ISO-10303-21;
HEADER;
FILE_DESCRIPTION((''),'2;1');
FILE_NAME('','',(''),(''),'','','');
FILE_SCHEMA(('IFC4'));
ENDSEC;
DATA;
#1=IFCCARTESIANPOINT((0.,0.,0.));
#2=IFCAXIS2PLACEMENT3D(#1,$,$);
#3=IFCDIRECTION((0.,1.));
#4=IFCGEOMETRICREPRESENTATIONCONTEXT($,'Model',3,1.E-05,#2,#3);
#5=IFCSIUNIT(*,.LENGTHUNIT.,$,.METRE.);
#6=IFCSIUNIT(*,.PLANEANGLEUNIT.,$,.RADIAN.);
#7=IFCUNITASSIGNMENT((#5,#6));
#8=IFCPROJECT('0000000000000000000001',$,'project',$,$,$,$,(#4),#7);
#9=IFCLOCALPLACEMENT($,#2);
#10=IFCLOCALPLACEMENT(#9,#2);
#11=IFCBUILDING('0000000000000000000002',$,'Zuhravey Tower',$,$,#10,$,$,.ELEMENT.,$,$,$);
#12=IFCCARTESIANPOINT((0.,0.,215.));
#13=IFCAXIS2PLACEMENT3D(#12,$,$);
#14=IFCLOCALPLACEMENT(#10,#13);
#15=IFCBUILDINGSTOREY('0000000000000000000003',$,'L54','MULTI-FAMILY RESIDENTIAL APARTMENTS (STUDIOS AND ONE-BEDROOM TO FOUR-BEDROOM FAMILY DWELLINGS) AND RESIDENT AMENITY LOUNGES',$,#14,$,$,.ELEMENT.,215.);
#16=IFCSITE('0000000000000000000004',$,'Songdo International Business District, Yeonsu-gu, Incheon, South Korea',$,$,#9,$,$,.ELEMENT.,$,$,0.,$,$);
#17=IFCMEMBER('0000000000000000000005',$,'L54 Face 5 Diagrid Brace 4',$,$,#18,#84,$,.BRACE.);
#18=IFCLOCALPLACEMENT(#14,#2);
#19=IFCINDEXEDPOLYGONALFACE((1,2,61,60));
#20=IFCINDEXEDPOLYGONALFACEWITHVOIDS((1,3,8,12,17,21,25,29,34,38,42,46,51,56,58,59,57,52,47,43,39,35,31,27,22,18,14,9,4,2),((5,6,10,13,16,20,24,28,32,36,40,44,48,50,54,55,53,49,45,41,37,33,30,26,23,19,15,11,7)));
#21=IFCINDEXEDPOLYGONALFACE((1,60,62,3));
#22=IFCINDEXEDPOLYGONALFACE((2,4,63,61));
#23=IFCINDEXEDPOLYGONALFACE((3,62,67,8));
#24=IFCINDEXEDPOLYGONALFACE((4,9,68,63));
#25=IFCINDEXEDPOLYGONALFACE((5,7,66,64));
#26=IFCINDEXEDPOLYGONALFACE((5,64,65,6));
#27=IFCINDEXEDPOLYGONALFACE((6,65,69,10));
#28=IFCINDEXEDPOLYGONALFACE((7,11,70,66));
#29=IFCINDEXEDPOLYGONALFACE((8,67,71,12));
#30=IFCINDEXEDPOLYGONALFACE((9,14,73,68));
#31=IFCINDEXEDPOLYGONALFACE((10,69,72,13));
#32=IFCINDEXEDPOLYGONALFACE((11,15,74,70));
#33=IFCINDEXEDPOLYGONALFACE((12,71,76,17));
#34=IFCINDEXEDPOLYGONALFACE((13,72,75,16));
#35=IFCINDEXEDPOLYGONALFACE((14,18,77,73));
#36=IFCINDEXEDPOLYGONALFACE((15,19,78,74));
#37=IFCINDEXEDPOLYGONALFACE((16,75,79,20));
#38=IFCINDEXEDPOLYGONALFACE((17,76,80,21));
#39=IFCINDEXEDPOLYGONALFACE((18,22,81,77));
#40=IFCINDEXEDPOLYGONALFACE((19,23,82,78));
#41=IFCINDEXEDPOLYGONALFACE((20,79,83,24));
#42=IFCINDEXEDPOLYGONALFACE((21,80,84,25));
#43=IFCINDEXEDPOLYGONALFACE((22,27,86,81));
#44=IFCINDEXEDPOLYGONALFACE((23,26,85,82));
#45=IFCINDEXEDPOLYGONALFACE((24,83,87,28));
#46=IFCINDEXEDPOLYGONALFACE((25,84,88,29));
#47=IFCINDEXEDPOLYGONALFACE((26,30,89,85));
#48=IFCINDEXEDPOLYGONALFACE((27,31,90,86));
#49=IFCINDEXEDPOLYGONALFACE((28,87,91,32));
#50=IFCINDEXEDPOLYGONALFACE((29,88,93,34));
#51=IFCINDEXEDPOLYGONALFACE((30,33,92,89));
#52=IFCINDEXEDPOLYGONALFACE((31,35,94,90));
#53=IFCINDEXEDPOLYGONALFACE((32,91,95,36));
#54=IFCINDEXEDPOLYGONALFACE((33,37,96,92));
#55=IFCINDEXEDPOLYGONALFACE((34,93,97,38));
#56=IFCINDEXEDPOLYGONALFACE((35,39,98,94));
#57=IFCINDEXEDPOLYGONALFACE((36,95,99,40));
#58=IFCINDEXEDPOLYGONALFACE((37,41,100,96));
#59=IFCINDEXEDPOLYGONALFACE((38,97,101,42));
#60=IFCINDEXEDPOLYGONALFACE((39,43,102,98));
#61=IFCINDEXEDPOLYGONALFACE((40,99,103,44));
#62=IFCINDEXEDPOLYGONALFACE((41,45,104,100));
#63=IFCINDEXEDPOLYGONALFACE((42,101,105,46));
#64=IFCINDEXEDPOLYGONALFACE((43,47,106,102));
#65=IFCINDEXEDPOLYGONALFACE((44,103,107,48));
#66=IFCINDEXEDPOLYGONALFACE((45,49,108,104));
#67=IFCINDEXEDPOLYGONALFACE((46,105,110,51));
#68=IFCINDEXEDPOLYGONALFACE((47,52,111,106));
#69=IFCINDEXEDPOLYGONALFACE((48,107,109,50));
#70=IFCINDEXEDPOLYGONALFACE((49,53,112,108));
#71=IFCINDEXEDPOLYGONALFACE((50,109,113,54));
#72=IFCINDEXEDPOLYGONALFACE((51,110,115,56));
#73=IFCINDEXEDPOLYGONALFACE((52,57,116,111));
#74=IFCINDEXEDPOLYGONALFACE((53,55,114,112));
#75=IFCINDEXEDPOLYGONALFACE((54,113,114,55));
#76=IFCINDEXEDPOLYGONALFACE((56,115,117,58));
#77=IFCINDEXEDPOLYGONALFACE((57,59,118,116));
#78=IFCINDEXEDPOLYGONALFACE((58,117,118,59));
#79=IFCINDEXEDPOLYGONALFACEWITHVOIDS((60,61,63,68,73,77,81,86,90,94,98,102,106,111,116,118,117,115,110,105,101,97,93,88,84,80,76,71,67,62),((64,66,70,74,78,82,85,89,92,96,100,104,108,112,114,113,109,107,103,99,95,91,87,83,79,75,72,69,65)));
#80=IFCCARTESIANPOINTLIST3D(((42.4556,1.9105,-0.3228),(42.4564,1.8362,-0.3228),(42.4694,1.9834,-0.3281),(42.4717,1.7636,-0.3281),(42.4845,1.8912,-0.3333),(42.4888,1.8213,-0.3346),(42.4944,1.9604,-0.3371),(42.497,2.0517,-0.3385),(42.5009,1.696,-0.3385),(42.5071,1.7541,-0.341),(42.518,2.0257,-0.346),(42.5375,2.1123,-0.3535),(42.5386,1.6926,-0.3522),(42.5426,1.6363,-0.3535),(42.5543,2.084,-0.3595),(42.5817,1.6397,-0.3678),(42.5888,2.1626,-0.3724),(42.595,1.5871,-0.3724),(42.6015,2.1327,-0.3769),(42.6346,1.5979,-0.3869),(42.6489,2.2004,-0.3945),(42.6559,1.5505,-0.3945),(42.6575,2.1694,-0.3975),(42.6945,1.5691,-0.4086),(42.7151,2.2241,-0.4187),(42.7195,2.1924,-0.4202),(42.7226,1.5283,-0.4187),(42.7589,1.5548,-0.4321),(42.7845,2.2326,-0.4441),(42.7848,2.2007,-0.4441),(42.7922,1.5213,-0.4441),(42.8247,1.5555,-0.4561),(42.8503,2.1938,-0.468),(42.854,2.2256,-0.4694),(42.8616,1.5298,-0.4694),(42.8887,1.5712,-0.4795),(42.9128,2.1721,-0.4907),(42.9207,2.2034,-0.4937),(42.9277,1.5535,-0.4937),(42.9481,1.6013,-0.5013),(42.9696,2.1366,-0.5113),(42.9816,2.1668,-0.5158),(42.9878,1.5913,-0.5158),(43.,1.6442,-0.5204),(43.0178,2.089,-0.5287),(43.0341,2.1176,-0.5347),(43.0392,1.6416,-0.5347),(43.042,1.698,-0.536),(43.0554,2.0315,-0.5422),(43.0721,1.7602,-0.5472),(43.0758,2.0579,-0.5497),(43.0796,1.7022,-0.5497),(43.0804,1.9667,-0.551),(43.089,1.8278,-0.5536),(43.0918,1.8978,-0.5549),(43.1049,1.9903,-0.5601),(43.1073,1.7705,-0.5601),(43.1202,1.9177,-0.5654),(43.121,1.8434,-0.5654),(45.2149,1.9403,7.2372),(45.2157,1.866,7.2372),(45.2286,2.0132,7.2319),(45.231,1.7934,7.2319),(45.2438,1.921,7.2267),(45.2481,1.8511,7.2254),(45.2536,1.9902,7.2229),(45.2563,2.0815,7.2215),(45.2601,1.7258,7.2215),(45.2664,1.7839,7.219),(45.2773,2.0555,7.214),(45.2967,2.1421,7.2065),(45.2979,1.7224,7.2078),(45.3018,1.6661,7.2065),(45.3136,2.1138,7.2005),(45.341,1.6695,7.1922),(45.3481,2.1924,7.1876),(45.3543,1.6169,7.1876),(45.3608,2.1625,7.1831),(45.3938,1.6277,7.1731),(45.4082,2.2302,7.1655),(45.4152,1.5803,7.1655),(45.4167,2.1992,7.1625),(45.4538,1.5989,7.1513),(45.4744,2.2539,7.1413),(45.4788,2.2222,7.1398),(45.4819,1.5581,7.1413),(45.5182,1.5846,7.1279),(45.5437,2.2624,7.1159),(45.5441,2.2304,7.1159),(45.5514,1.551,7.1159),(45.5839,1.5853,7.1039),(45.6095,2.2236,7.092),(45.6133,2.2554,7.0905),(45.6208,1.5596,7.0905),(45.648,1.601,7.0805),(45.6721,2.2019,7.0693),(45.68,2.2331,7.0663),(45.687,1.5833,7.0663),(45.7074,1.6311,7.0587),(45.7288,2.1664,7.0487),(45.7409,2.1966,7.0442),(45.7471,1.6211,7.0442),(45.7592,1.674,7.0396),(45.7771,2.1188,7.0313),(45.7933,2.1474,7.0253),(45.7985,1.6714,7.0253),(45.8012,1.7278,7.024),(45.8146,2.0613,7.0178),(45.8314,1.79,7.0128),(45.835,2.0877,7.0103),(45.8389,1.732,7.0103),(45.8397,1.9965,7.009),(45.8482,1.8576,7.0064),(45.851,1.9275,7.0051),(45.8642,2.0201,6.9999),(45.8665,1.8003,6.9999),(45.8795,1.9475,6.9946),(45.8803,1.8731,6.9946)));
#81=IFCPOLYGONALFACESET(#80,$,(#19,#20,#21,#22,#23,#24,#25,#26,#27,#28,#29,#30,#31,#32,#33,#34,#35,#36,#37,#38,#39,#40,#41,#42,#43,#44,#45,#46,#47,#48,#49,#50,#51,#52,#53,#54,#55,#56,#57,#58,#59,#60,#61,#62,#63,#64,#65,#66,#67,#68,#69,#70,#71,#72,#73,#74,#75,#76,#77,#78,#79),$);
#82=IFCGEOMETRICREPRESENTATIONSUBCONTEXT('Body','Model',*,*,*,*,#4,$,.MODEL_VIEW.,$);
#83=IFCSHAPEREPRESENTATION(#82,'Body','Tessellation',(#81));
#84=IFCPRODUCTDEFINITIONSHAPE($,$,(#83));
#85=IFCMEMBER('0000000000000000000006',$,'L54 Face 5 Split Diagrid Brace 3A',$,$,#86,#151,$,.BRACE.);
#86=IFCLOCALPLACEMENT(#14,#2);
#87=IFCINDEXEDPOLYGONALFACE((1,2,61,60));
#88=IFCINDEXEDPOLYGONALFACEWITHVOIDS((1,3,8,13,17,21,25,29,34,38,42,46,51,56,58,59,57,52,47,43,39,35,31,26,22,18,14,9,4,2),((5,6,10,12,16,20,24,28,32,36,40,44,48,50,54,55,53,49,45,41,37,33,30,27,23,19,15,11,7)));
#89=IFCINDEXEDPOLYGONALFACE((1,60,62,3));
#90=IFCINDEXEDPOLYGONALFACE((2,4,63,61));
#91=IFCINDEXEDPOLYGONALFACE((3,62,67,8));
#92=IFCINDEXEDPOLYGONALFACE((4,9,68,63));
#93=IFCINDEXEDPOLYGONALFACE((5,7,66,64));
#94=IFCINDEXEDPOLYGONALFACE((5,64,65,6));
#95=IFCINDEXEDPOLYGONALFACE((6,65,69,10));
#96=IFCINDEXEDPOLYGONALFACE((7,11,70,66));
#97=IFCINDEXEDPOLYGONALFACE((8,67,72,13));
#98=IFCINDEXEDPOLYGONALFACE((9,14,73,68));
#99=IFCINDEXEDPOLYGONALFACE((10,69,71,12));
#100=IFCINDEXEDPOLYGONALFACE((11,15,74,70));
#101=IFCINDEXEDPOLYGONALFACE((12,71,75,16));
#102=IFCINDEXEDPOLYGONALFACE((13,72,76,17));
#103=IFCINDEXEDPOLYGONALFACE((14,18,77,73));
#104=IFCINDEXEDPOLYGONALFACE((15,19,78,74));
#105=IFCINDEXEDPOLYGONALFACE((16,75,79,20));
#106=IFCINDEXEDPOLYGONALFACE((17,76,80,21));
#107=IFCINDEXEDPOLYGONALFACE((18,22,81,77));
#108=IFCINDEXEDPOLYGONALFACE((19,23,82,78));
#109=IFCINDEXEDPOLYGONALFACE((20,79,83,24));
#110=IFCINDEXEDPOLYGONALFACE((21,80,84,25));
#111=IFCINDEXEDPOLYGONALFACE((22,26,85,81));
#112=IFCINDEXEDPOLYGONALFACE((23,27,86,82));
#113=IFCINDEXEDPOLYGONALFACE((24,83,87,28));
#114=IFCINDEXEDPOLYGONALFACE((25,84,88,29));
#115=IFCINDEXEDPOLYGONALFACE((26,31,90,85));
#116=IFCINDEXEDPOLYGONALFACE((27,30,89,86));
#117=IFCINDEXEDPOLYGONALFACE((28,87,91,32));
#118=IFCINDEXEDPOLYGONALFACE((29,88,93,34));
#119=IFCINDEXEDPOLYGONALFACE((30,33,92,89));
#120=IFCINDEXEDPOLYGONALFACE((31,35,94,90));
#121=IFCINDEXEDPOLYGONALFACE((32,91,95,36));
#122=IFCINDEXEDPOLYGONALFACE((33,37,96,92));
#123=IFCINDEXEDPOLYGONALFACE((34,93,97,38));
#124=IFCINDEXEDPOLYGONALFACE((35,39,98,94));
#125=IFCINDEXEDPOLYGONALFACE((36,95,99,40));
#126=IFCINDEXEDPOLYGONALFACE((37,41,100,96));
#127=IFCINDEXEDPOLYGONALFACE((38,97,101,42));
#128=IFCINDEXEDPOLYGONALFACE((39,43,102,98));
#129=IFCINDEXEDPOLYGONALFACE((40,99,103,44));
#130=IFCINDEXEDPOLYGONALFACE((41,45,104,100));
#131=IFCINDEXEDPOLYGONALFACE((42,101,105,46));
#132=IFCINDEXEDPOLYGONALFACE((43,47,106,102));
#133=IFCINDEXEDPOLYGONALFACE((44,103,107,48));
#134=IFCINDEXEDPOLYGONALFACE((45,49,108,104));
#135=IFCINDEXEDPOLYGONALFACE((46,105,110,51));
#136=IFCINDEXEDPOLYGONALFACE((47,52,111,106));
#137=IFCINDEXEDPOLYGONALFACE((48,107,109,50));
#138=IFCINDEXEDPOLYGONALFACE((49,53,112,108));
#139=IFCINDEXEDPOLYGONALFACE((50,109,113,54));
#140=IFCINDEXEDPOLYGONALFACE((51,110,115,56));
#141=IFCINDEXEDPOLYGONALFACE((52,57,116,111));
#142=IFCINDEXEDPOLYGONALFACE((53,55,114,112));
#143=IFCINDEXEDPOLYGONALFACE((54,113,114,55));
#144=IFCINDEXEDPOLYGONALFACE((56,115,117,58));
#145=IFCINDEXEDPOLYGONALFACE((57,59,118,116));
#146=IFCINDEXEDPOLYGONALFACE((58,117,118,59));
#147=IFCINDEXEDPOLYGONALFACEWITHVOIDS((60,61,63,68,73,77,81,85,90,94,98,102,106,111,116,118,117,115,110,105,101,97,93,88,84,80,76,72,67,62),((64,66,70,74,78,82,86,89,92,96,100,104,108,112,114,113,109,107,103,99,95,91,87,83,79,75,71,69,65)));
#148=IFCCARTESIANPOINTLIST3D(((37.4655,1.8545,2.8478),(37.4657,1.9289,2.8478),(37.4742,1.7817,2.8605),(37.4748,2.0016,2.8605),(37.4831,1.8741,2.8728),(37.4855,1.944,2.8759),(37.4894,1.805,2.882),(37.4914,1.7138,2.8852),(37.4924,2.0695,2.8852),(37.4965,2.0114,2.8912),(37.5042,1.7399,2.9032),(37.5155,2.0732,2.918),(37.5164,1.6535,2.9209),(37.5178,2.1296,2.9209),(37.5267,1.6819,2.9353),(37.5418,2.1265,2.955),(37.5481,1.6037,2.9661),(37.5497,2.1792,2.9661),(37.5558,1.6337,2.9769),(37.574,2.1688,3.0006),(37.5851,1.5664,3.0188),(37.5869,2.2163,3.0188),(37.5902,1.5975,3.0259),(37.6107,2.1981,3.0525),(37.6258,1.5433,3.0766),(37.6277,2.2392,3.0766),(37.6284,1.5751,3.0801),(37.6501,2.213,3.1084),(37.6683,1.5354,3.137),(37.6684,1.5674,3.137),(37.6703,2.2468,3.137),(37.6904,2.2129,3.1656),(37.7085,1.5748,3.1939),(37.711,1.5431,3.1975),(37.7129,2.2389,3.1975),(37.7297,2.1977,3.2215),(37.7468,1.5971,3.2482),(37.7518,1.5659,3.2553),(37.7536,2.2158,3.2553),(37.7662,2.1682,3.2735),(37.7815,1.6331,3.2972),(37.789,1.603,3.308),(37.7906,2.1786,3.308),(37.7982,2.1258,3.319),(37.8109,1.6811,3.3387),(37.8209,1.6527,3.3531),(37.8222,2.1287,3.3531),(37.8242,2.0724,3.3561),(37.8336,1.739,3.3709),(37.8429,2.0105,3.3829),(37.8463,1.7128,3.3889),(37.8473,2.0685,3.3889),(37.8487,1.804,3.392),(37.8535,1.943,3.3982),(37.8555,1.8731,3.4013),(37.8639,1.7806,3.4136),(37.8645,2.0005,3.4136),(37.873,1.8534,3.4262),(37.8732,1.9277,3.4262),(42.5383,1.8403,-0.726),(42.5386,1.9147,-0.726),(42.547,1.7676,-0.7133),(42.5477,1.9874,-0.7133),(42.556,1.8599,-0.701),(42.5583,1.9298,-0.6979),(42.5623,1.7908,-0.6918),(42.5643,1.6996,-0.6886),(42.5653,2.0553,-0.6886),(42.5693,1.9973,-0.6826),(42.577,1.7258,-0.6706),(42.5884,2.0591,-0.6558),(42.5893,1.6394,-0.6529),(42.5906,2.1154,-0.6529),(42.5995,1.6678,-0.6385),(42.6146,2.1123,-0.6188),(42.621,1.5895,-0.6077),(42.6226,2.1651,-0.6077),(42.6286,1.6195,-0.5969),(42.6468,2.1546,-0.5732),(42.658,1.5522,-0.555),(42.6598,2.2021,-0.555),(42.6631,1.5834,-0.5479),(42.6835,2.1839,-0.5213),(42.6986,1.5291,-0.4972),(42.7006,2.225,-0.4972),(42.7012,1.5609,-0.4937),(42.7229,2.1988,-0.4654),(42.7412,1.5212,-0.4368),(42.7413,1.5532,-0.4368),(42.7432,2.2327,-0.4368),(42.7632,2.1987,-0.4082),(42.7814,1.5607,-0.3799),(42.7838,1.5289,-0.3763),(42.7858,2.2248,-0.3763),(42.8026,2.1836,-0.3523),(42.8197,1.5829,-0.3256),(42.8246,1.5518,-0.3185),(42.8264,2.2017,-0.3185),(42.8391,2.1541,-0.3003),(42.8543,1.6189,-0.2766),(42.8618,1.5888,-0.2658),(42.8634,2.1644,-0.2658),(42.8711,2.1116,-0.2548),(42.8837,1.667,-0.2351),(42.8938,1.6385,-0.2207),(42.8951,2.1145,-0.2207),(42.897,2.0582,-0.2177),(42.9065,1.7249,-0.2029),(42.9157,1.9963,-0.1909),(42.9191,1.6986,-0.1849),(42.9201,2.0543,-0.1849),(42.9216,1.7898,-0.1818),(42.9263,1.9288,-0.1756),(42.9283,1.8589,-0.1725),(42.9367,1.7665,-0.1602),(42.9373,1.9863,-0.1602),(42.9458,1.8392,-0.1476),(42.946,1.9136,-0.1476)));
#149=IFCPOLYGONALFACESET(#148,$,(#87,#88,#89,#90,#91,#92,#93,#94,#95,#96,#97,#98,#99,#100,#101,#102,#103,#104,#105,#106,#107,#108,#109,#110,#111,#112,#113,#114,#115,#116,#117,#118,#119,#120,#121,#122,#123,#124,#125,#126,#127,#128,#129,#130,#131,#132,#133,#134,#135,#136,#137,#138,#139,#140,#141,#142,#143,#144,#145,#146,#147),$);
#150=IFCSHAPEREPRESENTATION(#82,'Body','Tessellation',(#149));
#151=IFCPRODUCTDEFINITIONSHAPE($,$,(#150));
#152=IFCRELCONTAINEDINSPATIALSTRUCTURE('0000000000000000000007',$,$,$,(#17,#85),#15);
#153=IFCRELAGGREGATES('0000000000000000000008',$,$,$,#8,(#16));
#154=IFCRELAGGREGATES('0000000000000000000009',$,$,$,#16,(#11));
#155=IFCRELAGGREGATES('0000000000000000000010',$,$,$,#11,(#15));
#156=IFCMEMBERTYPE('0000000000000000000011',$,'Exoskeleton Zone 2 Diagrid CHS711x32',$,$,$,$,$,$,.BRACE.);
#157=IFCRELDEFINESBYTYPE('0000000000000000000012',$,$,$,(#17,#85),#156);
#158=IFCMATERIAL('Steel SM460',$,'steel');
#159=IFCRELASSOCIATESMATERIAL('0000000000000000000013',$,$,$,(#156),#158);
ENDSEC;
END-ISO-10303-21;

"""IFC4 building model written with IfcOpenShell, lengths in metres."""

from ifc_helpers import new_model, si_unit, direction, frame, origin, origin_2d, place, context, subcontext, project, spatial, hollow_circle, extrude, material, material_profile, profile_set, type_object, element, save


model = new_model("IFC4")

# Units and contexts
model_context = context("Model", 3, precision=1e-05, world=origin(), true_north=direction((0.0, 1.0)))
body_context = subcontext(model_context, "Body", "Model", "MODEL_VIEW")
ifc_project = project(units=[si_unit("LENGTHUNIT", "METRE"), si_unit("PLANEANGLEUNIT", "RADIAN")], contexts=[model_context])

# Site, building, storey
site_placement = place(None, origin())
site = spatial("IfcSite", under=ifc_project, at=site_placement, Name="Songdo International Business District, Yeonsu-gu, Incheon, South Korea", CompositionType="ELEMENT", RefElevation=0.0)
building_placement = place(site_placement, origin())
building = spatial("IfcBuilding", under=site, at=building_placement, Name="Zuhravey Tower", CompositionType="ELEMENT")
storey_placement = place(building_placement, frame((0.0, 0.0, 215.0)))
storey = spatial("IfcBuildingStorey", under=building, at=storey_placement, Name="L54", Description="MULTI-FAMILY RESIDENTIAL APARTMENTS (STUDIOS AND ONE-BEDROOM TO FOUR-BEDROOM FAMILY DWELLINGS) AND RESIDENT AMENITY LOUNGES", CompositionType="ELEMENT", Elevation=215.0)

# Members
ifc_material_1 = material(Name="Steel SM460", Category="steel")
ifc_material_profile_1 = material_profile(ifc_material_1, hollow_circle(Radius=0.3557, WallThickness=0.032, at=origin_2d()), Name="CHS-711.2x32")
ifc_profile_set_1 = profile_set([ifc_material_profile_1], Name="Steel SM460")
member_type_1 = type_object("IfcMemberType", Name="Exoskeleton Zone 2 Diagrid CHS711x32", PredefinedType="BRACE", material=ifc_profile_set_1)
member_1_placement = place(storey_placement, frame((42.7883, 1.877, -0.4441), z_axis=(0.342856, 0.003701, 0.939381), x_axis=(-0.010794, 0.999942, 0.0)))
element("IfcMember", 1, at=member_1_placement, inside=storey, type_object=member_type_1, Name="L54 Face 5 Diagrid Brace 4", PredefinedType="BRACE", context=body_context, shape_type="SweptSolid", body=[
    extrude(hollow_circle(Radius=0.3557, WallThickness=0.032, at=origin_2d()), origin(), (0.0, 0.0, 1.0), 8.0479),
])
member_2_placement = place(storey_placement, frame((42.7422, 1.877, -0.4368), z_axis=(-0.8175, 0.002282, 0.575925), x_axis=(-0.002791, -0.999996, 0.0)))
element("IfcMember", 2, at=member_2_placement, inside=storey, type_object=member_type_1, Name="L54 Face 5 Split Diagrid Brace 3A", PredefinedType="BRACE", context=body_context, shape_type="SweptSolid", body=[
    extrude(hollow_circle(Radius=0.3557, WallThickness=0.032, at=origin_2d()), origin(), (0.0, 0.0, 1.0), 6.2053),
])

save(model, "model.ifc")
